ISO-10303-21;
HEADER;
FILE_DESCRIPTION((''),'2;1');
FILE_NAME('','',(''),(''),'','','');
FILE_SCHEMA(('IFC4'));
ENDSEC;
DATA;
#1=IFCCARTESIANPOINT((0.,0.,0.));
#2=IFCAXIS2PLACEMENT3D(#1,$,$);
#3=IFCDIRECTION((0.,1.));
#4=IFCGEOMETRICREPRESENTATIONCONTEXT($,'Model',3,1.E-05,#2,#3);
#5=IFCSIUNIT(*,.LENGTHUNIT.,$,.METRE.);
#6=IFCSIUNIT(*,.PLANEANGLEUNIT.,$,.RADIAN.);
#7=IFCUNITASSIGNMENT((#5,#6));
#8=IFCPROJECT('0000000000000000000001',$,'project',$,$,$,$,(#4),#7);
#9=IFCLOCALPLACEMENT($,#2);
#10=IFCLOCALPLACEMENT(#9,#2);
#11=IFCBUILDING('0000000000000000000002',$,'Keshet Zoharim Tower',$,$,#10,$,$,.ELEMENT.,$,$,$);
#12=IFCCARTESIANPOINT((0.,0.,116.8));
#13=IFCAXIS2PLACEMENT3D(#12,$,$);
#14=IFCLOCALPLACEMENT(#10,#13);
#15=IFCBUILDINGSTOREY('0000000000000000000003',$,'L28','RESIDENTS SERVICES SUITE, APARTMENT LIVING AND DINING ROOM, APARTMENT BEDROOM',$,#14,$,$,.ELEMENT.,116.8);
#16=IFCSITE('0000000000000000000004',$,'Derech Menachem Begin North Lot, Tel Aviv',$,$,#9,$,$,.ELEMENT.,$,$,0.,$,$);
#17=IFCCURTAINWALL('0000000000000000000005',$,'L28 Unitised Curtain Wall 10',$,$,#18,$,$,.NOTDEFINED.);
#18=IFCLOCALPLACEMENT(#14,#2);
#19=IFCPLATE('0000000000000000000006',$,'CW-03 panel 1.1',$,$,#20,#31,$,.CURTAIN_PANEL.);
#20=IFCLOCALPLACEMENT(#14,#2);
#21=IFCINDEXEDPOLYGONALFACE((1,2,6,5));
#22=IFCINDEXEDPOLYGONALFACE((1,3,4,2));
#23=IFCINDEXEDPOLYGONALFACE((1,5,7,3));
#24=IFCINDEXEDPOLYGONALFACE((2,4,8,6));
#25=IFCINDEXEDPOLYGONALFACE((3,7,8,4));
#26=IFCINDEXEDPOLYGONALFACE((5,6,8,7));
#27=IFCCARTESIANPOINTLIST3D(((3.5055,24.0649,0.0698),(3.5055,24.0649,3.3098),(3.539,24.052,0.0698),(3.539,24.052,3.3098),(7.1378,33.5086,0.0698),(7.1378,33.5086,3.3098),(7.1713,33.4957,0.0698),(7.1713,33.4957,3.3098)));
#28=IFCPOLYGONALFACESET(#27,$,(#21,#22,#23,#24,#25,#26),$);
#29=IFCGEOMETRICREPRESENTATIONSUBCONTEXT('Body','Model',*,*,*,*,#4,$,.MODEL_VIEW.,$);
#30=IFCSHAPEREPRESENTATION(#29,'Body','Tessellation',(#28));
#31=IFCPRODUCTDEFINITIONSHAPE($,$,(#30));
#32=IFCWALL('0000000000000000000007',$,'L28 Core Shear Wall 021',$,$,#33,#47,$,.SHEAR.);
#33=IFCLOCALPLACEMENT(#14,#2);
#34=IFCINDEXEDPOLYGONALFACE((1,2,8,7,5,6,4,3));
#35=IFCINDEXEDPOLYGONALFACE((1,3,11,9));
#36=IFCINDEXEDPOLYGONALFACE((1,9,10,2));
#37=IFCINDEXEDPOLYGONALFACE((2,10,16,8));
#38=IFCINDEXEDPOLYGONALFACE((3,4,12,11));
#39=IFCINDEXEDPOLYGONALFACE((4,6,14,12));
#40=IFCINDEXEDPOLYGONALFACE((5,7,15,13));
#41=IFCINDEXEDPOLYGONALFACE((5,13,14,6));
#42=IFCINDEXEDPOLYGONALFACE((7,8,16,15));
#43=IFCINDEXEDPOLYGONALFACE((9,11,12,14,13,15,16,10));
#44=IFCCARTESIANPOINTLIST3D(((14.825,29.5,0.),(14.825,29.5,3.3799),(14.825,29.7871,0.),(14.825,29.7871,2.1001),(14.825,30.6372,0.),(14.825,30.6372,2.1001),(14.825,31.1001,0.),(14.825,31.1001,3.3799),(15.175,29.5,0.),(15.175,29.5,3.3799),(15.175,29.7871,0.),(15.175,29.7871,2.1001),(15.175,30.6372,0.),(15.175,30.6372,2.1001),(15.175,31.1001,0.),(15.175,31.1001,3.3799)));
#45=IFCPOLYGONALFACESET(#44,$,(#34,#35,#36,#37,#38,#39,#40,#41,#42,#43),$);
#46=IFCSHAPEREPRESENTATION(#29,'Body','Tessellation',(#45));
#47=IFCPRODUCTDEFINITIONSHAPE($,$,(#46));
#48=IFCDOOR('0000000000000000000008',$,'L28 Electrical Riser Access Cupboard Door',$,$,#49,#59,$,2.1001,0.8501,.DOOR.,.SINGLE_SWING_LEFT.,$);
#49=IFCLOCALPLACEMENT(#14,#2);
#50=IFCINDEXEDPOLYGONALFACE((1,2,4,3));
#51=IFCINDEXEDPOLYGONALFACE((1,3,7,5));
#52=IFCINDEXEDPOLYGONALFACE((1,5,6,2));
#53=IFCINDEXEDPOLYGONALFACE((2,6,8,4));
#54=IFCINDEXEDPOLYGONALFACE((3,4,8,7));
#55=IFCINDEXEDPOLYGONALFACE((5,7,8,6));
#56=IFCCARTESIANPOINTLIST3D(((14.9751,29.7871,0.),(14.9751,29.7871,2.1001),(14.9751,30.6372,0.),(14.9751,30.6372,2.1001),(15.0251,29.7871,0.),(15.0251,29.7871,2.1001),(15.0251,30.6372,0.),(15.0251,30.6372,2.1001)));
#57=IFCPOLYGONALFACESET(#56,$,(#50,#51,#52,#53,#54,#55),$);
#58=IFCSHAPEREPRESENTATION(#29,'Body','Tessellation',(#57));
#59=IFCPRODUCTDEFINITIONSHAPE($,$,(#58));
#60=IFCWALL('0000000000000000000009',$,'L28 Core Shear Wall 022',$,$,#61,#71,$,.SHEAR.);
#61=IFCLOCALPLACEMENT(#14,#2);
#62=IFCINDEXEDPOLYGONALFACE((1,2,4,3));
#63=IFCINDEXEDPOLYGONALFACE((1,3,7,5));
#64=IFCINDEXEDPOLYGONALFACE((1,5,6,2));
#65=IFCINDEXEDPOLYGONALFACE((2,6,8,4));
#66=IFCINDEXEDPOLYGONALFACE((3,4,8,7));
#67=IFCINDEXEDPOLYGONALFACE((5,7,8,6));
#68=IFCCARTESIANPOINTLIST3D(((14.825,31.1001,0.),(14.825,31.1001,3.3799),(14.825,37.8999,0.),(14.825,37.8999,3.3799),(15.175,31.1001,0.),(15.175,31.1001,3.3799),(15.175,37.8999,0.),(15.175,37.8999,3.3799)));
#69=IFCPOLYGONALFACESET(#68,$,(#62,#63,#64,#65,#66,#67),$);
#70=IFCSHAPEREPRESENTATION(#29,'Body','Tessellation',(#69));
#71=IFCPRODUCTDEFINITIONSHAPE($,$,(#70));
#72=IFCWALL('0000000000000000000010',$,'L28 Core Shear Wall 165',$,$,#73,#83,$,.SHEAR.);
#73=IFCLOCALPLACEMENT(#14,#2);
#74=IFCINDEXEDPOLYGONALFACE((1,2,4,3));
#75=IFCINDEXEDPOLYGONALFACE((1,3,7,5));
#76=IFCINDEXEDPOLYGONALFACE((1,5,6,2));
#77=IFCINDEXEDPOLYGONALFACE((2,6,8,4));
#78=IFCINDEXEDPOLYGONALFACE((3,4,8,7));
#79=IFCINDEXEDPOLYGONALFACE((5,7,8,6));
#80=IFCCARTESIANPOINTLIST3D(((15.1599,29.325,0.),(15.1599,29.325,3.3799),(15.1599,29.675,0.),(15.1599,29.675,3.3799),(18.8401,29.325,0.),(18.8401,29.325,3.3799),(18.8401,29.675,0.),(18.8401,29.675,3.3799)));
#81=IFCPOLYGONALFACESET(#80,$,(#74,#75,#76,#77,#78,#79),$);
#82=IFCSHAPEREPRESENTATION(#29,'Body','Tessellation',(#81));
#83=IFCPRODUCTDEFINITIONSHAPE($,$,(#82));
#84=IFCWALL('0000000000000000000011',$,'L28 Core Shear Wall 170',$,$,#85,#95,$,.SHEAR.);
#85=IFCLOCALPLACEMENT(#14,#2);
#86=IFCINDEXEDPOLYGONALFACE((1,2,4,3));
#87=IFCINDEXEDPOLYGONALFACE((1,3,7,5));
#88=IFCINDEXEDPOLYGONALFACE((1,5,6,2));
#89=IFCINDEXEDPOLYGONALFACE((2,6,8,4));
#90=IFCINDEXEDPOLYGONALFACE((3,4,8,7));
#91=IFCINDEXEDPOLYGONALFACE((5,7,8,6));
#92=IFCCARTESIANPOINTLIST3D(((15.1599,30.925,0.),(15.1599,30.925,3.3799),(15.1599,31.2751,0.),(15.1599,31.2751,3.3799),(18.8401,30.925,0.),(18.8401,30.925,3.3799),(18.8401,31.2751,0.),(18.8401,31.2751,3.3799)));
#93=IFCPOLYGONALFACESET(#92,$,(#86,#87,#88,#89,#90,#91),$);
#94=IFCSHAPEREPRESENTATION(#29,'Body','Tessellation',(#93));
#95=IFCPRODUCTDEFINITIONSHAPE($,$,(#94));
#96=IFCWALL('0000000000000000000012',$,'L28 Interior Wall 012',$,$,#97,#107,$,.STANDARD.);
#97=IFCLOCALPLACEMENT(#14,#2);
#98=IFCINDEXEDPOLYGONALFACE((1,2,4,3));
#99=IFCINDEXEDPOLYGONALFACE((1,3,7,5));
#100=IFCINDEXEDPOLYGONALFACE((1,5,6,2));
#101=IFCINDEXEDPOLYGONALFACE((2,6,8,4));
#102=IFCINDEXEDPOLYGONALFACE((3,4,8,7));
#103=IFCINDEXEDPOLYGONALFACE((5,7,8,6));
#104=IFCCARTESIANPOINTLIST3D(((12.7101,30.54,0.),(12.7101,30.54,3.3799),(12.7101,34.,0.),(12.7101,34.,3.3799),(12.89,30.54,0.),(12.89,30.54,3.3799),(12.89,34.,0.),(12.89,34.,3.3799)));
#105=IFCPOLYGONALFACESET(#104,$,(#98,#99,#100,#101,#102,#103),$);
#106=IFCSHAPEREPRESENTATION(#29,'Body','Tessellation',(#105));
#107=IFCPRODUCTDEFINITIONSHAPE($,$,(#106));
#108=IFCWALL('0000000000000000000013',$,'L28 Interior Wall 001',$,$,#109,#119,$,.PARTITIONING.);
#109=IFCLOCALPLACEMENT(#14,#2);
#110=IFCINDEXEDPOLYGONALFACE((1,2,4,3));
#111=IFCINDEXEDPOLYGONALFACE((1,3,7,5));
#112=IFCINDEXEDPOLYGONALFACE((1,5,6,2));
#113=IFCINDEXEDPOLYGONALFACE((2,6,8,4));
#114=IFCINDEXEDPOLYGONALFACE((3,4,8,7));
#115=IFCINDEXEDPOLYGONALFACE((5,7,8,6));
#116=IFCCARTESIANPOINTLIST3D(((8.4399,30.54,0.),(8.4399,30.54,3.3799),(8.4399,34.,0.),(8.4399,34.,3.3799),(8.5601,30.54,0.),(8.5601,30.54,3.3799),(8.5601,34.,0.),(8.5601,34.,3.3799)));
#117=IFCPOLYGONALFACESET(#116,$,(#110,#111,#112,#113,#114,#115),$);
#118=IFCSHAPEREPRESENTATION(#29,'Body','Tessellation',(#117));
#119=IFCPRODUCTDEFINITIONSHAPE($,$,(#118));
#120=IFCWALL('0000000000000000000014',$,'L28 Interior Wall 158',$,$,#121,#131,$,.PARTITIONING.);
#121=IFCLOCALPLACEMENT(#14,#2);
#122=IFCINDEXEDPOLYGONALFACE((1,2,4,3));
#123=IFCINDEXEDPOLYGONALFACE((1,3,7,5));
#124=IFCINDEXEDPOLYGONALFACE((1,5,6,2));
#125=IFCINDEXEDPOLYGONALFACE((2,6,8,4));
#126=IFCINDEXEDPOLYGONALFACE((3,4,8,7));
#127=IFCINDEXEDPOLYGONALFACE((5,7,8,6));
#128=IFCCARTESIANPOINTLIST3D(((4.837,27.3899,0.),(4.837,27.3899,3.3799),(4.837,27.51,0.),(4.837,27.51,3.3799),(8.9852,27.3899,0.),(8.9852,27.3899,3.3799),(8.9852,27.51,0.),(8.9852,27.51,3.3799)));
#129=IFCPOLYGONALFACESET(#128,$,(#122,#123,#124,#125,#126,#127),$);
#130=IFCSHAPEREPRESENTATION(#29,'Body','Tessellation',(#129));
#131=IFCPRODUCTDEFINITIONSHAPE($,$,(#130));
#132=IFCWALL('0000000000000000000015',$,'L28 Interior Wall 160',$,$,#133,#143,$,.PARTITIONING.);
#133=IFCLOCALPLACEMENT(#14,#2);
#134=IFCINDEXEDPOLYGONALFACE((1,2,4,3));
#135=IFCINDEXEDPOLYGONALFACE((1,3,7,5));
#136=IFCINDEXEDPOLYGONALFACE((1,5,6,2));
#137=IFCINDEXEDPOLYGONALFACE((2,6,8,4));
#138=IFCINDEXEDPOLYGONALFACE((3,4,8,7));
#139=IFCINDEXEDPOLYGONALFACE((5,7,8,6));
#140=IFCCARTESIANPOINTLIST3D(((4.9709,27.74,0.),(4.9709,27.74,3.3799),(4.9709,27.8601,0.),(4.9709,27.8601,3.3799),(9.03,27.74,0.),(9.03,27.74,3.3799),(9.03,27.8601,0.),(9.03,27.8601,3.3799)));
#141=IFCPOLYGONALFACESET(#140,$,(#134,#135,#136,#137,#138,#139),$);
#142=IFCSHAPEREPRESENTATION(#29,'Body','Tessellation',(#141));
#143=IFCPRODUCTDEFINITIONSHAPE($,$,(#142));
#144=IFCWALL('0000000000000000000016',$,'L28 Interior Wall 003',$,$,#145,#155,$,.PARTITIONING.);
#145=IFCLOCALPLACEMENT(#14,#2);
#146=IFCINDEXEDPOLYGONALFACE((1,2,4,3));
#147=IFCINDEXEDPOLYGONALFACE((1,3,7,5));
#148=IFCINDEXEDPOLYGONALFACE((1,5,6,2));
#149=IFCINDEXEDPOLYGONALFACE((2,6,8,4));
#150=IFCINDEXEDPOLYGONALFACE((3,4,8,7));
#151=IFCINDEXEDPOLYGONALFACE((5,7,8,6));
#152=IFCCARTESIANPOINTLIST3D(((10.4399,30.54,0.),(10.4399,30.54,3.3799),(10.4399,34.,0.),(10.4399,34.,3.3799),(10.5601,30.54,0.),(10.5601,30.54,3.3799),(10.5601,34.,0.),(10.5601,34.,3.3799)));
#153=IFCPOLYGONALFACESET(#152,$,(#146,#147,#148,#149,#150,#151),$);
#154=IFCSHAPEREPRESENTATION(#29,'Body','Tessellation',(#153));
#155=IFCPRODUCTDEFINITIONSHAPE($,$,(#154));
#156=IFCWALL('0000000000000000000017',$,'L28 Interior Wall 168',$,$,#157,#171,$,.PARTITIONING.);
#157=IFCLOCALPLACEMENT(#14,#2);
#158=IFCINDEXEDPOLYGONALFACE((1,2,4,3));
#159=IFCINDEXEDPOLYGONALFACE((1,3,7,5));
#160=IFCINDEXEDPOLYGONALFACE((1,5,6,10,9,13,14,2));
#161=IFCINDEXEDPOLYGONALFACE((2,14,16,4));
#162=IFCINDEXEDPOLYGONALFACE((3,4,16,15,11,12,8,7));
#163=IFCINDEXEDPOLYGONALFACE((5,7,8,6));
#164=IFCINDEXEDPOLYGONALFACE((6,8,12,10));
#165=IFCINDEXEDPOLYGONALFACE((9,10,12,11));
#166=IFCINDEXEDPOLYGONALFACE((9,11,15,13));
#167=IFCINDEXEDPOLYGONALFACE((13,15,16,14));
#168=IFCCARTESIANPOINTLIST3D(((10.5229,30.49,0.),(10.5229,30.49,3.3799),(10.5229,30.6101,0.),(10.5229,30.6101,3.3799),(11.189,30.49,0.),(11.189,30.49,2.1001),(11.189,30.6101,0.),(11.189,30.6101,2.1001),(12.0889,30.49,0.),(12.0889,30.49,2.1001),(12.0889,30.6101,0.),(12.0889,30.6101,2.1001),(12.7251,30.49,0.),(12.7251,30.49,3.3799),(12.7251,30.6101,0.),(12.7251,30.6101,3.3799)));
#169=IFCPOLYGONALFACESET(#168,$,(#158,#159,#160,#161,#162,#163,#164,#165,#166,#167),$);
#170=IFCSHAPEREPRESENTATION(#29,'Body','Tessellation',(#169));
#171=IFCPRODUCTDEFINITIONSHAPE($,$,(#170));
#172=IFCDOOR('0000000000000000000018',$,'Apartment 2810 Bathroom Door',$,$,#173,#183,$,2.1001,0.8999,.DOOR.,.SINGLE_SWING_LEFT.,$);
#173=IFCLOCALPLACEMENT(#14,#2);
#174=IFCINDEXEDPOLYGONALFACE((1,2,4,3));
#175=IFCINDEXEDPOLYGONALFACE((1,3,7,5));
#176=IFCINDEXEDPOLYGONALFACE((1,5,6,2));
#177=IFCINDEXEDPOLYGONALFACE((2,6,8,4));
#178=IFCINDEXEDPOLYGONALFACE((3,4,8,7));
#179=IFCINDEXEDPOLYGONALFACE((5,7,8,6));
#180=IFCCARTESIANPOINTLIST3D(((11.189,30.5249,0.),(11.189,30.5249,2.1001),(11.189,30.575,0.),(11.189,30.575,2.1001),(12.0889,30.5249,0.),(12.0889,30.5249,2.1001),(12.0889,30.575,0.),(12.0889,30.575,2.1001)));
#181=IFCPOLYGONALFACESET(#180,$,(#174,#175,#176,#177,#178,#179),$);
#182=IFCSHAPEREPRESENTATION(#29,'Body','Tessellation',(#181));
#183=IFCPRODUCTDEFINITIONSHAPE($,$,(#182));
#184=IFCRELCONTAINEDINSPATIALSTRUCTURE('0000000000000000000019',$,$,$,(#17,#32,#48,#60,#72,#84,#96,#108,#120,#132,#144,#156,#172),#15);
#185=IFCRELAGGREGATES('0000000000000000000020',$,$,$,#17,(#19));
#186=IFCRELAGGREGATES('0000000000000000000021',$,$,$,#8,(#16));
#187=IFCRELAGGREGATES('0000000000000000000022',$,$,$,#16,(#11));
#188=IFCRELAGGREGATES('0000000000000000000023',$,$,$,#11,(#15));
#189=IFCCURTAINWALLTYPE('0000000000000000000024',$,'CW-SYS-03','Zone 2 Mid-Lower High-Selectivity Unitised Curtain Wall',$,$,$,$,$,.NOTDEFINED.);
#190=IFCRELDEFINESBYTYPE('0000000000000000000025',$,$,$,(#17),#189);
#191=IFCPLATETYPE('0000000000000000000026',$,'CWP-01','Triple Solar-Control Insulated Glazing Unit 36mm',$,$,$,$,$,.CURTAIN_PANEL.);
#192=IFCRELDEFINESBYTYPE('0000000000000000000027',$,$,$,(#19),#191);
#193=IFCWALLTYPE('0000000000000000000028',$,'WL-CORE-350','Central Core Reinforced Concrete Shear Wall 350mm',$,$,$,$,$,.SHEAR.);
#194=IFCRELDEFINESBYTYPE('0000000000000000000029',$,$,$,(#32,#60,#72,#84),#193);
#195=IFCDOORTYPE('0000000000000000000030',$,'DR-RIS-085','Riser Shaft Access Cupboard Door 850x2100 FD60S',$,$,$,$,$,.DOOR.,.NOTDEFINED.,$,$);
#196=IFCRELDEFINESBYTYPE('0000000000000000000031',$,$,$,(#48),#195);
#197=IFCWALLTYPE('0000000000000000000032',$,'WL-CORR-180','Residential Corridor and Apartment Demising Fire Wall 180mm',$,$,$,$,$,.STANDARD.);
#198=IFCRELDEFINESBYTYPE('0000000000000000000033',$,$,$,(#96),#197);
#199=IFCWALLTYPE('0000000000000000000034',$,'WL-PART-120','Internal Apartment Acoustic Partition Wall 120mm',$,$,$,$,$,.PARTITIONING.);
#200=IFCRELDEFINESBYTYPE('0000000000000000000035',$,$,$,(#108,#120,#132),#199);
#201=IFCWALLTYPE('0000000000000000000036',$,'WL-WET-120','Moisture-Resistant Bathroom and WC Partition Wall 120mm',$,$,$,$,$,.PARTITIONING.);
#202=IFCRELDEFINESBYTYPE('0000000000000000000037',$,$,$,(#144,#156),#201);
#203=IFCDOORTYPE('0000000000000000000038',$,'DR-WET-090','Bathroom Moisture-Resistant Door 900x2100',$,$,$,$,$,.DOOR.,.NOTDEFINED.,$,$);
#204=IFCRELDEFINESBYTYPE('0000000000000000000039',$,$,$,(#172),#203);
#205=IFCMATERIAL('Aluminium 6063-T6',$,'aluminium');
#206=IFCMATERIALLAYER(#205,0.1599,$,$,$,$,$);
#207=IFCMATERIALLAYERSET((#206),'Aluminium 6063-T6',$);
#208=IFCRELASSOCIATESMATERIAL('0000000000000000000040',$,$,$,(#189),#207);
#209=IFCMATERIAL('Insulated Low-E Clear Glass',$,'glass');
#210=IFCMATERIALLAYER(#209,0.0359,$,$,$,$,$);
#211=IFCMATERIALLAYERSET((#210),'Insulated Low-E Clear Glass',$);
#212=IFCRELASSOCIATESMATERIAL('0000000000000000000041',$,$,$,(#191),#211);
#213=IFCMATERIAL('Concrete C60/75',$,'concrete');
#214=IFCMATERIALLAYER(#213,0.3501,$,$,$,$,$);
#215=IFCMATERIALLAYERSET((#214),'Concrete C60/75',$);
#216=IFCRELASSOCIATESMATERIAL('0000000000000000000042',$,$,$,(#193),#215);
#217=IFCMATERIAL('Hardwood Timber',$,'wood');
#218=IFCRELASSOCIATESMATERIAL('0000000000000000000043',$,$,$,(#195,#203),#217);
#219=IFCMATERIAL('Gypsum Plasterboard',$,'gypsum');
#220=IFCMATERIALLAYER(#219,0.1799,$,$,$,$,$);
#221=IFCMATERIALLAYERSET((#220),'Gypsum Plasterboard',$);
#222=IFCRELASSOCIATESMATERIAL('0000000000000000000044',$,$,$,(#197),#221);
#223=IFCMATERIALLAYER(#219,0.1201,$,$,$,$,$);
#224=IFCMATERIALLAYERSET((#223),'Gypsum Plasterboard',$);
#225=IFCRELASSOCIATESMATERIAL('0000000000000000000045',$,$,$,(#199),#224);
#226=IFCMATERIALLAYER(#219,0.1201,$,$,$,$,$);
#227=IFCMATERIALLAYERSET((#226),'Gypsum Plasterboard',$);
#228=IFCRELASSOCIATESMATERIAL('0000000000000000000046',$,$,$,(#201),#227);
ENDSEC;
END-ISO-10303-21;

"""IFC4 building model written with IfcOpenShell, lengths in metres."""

from ifc_helpers import new_model, si_unit, direction, frame, frame_2d, origin, origin_2d, place, context, subcontext, project, spatial, rectangle, extrude, material, layer, layer_set, type_object, element, fill, aggregate, save


model = new_model("IFC4")

# Units and contexts
model_context = context("Model", 3, precision=1e-05, world=origin(), true_north=direction((0.0, 1.0)))
body_context = subcontext(model_context, "Body", "Model", "MODEL_VIEW")
ifc_project = project(units=[si_unit("LENGTHUNIT", "METRE"), si_unit("PLANEANGLEUNIT", "RADIAN")], contexts=[model_context])

# Site, building, storey
site_placement = place(None, origin())
site = spatial("IfcSite", under=ifc_project, at=site_placement, Name="Derech Menachem Begin North Lot, Tel Aviv", CompositionType="ELEMENT", RefElevation=0.0)
building_placement = place(site_placement, origin())
building = spatial("IfcBuilding", under=site, at=building_placement, Name="Keshet Zoharim Tower", CompositionType="ELEMENT")
storey_placement = place(building_placement, frame((0.0, 0.0, 116.8)))
storey = spatial("IfcBuildingStorey", under=building, at=storey_placement, Name="L28", Description="RESIDENTS SERVICES SUITE, APARTMENT LIVING AND DINING ROOM, APARTMENT BEDROOM", CompositionType="ELEMENT", Elevation=116.8)

# Curtain wall, plate
ifc_material_1 = material(Name="Aluminium 6063-T6", Category="aluminium")
ifc_layer_1 = layer(ifc_material_1, 0.1599)
ifc_layer_set_1 = layer_set([ifc_layer_1], Name="Aluminium 6063-T6")
curtain_wall_type = type_object("IfcCurtainWallType", Name="CW-SYS-03", Description="Zone 2 Mid-Lower High-Selectivity Unitised Curtain Wall", PredefinedType="NOTDEFINED", material=ifc_layer_set_1)
curtain_wall_placement = place(storey_placement, origin())
curtain_wall = element("IfcCurtainWall", 1, at=curtain_wall_placement, inside=storey, type_object=curtain_wall_type, Name="L28 Unitised Curtain Wall 10", PredefinedType="NOTDEFINED")
ifc_material_2 = material(Name="Insulated Low-E Clear Glass", Category="glass")
ifc_layer_2 = layer(ifc_material_2, 0.0359)
ifc_layer_set_2 = layer_set([ifc_layer_2], Name="Insulated Low-E Clear Glass")
plate_type = type_object("IfcPlateType", Name="CWP-01", Description="Triple Solar-Control Insulated Glazing Unit 36mm", PredefinedType="CURTAIN_PANEL", material=ifc_layer_set_2)
plate_placement = place(storey_placement, frame((5.3384, 28.7803, 0.0698), z_axis=(0.0, 0.0, 1.0), x_axis=(0.35899, 0.933341, 0.0)))
plate = element("IfcPlate", 2, at=plate_placement, type_object=plate_type, Name="CW-03 panel 1.1", PredefinedType="CURTAIN_PANEL", context=body_context, shape_type="SweptSolid", body=[
    extrude(rectangle(XDim=10.1182, YDim=0.0359, at=origin_2d()), origin(), (0.0, 0.0, 1.0), 3.24),
])
aggregate(curtain_wall, [plate])

# Wall, opening, door
ifc_material_3 = material(Name="Concrete C60/75", Category="concrete")
ifc_layer_3 = layer(ifc_material_3, 0.3501)
ifc_layer_set_3 = layer_set([ifc_layer_3], Name="Concrete C60/75")
wall_type_1 = type_object("IfcWallType", Name="WL-CORE-350", Description="Central Core Reinforced Concrete Shear Wall 350mm", PredefinedType="SHEAR", material=ifc_layer_set_3)
wall_1_placement = place(storey_placement, frame((15.0, 29.5, 0.0), z_axis=(0.0, 0.0, 1.0), x_axis=(0.0, 1.0, 0.0)))
wall_1 = element("IfcWall", 3, at=wall_1_placement, inside=storey, type_object=wall_type_1, Name="L28 Core Shear Wall 021", PredefinedType="SHEAR", context=body_context, shape_type="SweptSolid", body=[
    extrude(rectangle(XDim=1.6001, YDim=0.3501, at=frame_2d((0.8, 0.0))), origin(), (0.0, 0.0, 1.0), 3.3799),
])
opening_1_placement = place(wall_1_placement, frame((0.2871, 0.0, 0.0)))
opening_1 = element("IfcOpeningElement", 4, at=opening_1_placement, cuts=wall_1, PredefinedType="OPENING", context=body_context, shape_type="SweptSolid", body=[
    extrude(rectangle(XDim=0.8501, YDim=2.1001, at=frame_2d((0.425, 1.05))), frame((0.0, 0.1851, 0.0), z_axis=(0.0, -1.0, 0.0), x_axis=(1.0, 0.0, 0.0)), (0.0, 0.0, 1.0), 0.3701),
])
ifc_material_4 = material(Name="Hardwood Timber", Category="wood")
door_type_1 = type_object("IfcDoorType", Name="DR-RIS-085", Description="Riser Shaft Access Cupboard Door 850x2100 FD60S", OperationType="NOTDEFINED", PredefinedType="DOOR", material=ifc_material_4)
door_1_placement = place(opening_1_placement, origin())
door_1 = element("IfcDoor", 5, at=door_1_placement, inside=storey, type_object=door_type_1, Name="L28 Electrical Riser Access Cupboard Door", OperationType="SINGLE_SWING_LEFT", OverallHeight=2.1001, OverallWidth=0.8501, PredefinedType="DOOR", context=body_context, shape_type="SweptSolid", body=[
    extrude(rectangle(XDim=0.8501, YDim=2.1001, at=frame_2d((0.425, 1.05))), frame((0.0, 0.0249, 0.0), z_axis=(0.0, -1.0, 0.0), x_axis=(1.0, 0.0, 0.0)), (0.0, 0.0, 1.0), 0.05),
])
fill(opening_1, door_1)

# Walls
wall_2_placement = place(storey_placement, frame((15.0, 31.1001, 0.0), z_axis=(0.0, 0.0, 1.0), x_axis=(0.0, 1.0, 0.0)))
element("IfcWall", 6, at=wall_2_placement, inside=storey, type_object=wall_type_1, Name="L28 Core Shear Wall 022", PredefinedType="SHEAR", context=body_context, shape_type="SweptSolid", body=[
    extrude(rectangle(XDim=6.7998, YDim=0.3501, at=frame_2d((3.3999, 0.0))), origin(), (0.0, 0.0, 1.0), 3.3799),
])
for number, where, z_axis, x_axis, name in (
    (7, (15.1599, 29.5, 0.0), (0.0, 0.0, 1.0), (1.0, 0.0, 0.0), "L28 Core Shear Wall 165"),
    (8, (15.1599, 31.1001, 0.0), (0.0, 0.0, 1.0), (1.0, 0.0, 0.0), "L28 Core Shear Wall 170"),
):
    element("IfcWall", number, at=place(storey_placement, frame(where, z_axis=z_axis, x_axis=x_axis)), inside=storey, type_object=wall_type_1, Name=name, PredefinedType="SHEAR", context=body_context, shape_type="SweptSolid", body=[
        extrude(rectangle(XDim=3.6802, YDim=0.3501, at=frame_2d((1.8401, 0.0))), origin(), (0.0, 0.0, 1.0), 3.3799),
    ])

# Shared definitions
ifc_material_5 = material(Name="Gypsum Plasterboard", Category="gypsum")
ifc_layer_4 = layer(ifc_material_5, 0.1799)
ifc_layer_set_4 = layer_set([ifc_layer_4], Name="Gypsum Plasterboard")
wall_type_2 = type_object("IfcWallType", Name="WL-CORR-180", Description="Residential Corridor and Apartment Demising Fire Wall 180mm", PredefinedType="STANDARD", material=ifc_layer_set_4)

# Walls
wall_3_placement = place(storey_placement, frame((12.8, 30.54, 0.0), z_axis=(0.0, 0.0, 1.0), x_axis=(0.0, 1.0, 0.0)))
element("IfcWall", 9, at=wall_3_placement, inside=storey, type_object=wall_type_2, Name="L28 Interior Wall 012", PredefinedType="STANDARD", context=body_context, shape_type="SweptSolid", body=[
    extrude(rectangle(XDim=3.46, YDim=0.1799, at=frame_2d((1.73, 0.0))), origin(), (0.0, 0.0, 1.0), 3.3799),
])
ifc_layer_5 = layer(ifc_material_5, 0.1201)
ifc_layer_set_5 = layer_set([ifc_layer_5], Name="Gypsum Plasterboard")
wall_type_3 = type_object("IfcWallType", Name="WL-PART-120", Description="Internal Apartment Acoustic Partition Wall 120mm", PredefinedType="PARTITIONING", material=ifc_layer_set_5)
wall_4_placement = place(storey_placement, frame((8.5, 30.54, 0.0), z_axis=(0.0, 0.0, 1.0), x_axis=(0.0, 1.0, 0.0)))
element("IfcWall", 10, at=wall_4_placement, inside=storey, type_object=wall_type_3, Name="L28 Interior Wall 001", PredefinedType="PARTITIONING", context=body_context, shape_type="SweptSolid", body=[
    extrude(rectangle(XDim=3.46, YDim=0.1201, at=frame_2d((1.73, 0.0))), origin(), (0.0, 0.0, 1.0), 3.3799),
])
wall_5_placement = place(storey_placement, frame((4.8369, 27.45, 0.0), z_axis=(0.0, 0.0, 1.0), x_axis=(1.0, 0.0, 0.0)))
element("IfcWall", 11, at=wall_5_placement, inside=storey, type_object=wall_type_3, Name="L28 Interior Wall 158", PredefinedType="PARTITIONING", context=body_context, shape_type="SweptSolid", body=[
    extrude(rectangle(XDim=4.1482, YDim=0.1201, at=frame_2d((2.0742, 0.0))), origin(), (0.0, 0.0, 1.0), 3.3799),
])
wall_6_placement = place(storey_placement, frame((4.9709, 27.8, 0.0), z_axis=(0.0, 0.0, 1.0), x_axis=(1.0, 0.0, 0.0)))
element("IfcWall", 12, at=wall_6_placement, inside=storey, type_object=wall_type_3, Name="L28 Interior Wall 160", PredefinedType="PARTITIONING", context=body_context, shape_type="SweptSolid", body=[
    extrude(rectangle(XDim=4.0591, YDim=0.1201, at=frame_2d((2.0295, 0.0))), origin(), (0.0, 0.0, 1.0), 3.3799),
])

# Wall
ifc_layer_6 = layer(ifc_material_5, 0.1201)
ifc_layer_set_6 = layer_set([ifc_layer_6], Name="Gypsum Plasterboard")
wall_type_4 = type_object("IfcWallType", Name="WL-WET-120", Description="Moisture-Resistant Bathroom and WC Partition Wall 120mm", PredefinedType="PARTITIONING", material=ifc_layer_set_6)
wall_7_placement = place(storey_placement, frame((10.5, 30.54, 0.0), z_axis=(0.0, 0.0, 1.0), x_axis=(0.0, 1.0, 0.0)))
element("IfcWall", 13, at=wall_7_placement, inside=storey, type_object=wall_type_4, Name="L28 Interior Wall 003", PredefinedType="PARTITIONING", context=body_context, shape_type="SweptSolid", body=[
    extrude(rectangle(XDim=3.46, YDim=0.1201, at=frame_2d((1.73, 0.0))), origin(), (0.0, 0.0, 1.0), 3.3799),
])

# Wall, opening, door
wall_8_placement = place(storey_placement, frame((10.5229, 30.55, 0.0), z_axis=(0.0, 0.0, 1.0), x_axis=(1.0, 0.0, 0.0)))
wall_8 = element("IfcWall", 14, at=wall_8_placement, inside=storey, type_object=wall_type_4, Name="L28 Interior Wall 168", PredefinedType="PARTITIONING", context=body_context, shape_type="SweptSolid", body=[
    extrude(rectangle(XDim=2.2021, YDim=0.1201, at=frame_2d((1.1011, 0.0))), origin(), (0.0, 0.0, 1.0), 3.3799),
])
opening_2_placement = place(wall_8_placement, frame((0.666, 0.0, 0.0)))
opening_2 = element("IfcOpeningElement", 15, at=opening_2_placement, cuts=wall_8, PredefinedType="OPENING", context=body_context, shape_type="SweptSolid", body=[
    extrude(rectangle(XDim=0.8999, YDim=2.1001, at=frame_2d((0.45, 1.05))), frame((0.0, 0.0701, 0.0), z_axis=(0.0, -1.0, 0.0), x_axis=(1.0, 0.0, 0.0)), (0.0, 0.0, 1.0), 0.1401),
])
door_type_2 = type_object("IfcDoorType", Name="DR-WET-090", Description="Bathroom Moisture-Resistant Door 900x2100", OperationType="NOTDEFINED", PredefinedType="DOOR", material=ifc_material_4)
door_2_placement = place(opening_2_placement, origin())
door_2 = element("IfcDoor", 16, at=door_2_placement, inside=storey, type_object=door_type_2, Name="Apartment 2810 Bathroom Door", OperationType="SINGLE_SWING_LEFT", OverallHeight=2.1001, OverallWidth=0.8999, PredefinedType="DOOR", context=body_context, shape_type="SweptSolid", body=[
    extrude(rectangle(XDim=0.8999, YDim=2.1001, at=frame_2d((0.45, 1.05))), frame((0.0, 0.0249, 0.0), z_axis=(0.0, -1.0, 0.0), x_axis=(1.0, 0.0, 0.0)), (0.0, 0.0, 1.0), 0.05),
])
fill(opening_2, door_2)

save(model, "model.ifc")
